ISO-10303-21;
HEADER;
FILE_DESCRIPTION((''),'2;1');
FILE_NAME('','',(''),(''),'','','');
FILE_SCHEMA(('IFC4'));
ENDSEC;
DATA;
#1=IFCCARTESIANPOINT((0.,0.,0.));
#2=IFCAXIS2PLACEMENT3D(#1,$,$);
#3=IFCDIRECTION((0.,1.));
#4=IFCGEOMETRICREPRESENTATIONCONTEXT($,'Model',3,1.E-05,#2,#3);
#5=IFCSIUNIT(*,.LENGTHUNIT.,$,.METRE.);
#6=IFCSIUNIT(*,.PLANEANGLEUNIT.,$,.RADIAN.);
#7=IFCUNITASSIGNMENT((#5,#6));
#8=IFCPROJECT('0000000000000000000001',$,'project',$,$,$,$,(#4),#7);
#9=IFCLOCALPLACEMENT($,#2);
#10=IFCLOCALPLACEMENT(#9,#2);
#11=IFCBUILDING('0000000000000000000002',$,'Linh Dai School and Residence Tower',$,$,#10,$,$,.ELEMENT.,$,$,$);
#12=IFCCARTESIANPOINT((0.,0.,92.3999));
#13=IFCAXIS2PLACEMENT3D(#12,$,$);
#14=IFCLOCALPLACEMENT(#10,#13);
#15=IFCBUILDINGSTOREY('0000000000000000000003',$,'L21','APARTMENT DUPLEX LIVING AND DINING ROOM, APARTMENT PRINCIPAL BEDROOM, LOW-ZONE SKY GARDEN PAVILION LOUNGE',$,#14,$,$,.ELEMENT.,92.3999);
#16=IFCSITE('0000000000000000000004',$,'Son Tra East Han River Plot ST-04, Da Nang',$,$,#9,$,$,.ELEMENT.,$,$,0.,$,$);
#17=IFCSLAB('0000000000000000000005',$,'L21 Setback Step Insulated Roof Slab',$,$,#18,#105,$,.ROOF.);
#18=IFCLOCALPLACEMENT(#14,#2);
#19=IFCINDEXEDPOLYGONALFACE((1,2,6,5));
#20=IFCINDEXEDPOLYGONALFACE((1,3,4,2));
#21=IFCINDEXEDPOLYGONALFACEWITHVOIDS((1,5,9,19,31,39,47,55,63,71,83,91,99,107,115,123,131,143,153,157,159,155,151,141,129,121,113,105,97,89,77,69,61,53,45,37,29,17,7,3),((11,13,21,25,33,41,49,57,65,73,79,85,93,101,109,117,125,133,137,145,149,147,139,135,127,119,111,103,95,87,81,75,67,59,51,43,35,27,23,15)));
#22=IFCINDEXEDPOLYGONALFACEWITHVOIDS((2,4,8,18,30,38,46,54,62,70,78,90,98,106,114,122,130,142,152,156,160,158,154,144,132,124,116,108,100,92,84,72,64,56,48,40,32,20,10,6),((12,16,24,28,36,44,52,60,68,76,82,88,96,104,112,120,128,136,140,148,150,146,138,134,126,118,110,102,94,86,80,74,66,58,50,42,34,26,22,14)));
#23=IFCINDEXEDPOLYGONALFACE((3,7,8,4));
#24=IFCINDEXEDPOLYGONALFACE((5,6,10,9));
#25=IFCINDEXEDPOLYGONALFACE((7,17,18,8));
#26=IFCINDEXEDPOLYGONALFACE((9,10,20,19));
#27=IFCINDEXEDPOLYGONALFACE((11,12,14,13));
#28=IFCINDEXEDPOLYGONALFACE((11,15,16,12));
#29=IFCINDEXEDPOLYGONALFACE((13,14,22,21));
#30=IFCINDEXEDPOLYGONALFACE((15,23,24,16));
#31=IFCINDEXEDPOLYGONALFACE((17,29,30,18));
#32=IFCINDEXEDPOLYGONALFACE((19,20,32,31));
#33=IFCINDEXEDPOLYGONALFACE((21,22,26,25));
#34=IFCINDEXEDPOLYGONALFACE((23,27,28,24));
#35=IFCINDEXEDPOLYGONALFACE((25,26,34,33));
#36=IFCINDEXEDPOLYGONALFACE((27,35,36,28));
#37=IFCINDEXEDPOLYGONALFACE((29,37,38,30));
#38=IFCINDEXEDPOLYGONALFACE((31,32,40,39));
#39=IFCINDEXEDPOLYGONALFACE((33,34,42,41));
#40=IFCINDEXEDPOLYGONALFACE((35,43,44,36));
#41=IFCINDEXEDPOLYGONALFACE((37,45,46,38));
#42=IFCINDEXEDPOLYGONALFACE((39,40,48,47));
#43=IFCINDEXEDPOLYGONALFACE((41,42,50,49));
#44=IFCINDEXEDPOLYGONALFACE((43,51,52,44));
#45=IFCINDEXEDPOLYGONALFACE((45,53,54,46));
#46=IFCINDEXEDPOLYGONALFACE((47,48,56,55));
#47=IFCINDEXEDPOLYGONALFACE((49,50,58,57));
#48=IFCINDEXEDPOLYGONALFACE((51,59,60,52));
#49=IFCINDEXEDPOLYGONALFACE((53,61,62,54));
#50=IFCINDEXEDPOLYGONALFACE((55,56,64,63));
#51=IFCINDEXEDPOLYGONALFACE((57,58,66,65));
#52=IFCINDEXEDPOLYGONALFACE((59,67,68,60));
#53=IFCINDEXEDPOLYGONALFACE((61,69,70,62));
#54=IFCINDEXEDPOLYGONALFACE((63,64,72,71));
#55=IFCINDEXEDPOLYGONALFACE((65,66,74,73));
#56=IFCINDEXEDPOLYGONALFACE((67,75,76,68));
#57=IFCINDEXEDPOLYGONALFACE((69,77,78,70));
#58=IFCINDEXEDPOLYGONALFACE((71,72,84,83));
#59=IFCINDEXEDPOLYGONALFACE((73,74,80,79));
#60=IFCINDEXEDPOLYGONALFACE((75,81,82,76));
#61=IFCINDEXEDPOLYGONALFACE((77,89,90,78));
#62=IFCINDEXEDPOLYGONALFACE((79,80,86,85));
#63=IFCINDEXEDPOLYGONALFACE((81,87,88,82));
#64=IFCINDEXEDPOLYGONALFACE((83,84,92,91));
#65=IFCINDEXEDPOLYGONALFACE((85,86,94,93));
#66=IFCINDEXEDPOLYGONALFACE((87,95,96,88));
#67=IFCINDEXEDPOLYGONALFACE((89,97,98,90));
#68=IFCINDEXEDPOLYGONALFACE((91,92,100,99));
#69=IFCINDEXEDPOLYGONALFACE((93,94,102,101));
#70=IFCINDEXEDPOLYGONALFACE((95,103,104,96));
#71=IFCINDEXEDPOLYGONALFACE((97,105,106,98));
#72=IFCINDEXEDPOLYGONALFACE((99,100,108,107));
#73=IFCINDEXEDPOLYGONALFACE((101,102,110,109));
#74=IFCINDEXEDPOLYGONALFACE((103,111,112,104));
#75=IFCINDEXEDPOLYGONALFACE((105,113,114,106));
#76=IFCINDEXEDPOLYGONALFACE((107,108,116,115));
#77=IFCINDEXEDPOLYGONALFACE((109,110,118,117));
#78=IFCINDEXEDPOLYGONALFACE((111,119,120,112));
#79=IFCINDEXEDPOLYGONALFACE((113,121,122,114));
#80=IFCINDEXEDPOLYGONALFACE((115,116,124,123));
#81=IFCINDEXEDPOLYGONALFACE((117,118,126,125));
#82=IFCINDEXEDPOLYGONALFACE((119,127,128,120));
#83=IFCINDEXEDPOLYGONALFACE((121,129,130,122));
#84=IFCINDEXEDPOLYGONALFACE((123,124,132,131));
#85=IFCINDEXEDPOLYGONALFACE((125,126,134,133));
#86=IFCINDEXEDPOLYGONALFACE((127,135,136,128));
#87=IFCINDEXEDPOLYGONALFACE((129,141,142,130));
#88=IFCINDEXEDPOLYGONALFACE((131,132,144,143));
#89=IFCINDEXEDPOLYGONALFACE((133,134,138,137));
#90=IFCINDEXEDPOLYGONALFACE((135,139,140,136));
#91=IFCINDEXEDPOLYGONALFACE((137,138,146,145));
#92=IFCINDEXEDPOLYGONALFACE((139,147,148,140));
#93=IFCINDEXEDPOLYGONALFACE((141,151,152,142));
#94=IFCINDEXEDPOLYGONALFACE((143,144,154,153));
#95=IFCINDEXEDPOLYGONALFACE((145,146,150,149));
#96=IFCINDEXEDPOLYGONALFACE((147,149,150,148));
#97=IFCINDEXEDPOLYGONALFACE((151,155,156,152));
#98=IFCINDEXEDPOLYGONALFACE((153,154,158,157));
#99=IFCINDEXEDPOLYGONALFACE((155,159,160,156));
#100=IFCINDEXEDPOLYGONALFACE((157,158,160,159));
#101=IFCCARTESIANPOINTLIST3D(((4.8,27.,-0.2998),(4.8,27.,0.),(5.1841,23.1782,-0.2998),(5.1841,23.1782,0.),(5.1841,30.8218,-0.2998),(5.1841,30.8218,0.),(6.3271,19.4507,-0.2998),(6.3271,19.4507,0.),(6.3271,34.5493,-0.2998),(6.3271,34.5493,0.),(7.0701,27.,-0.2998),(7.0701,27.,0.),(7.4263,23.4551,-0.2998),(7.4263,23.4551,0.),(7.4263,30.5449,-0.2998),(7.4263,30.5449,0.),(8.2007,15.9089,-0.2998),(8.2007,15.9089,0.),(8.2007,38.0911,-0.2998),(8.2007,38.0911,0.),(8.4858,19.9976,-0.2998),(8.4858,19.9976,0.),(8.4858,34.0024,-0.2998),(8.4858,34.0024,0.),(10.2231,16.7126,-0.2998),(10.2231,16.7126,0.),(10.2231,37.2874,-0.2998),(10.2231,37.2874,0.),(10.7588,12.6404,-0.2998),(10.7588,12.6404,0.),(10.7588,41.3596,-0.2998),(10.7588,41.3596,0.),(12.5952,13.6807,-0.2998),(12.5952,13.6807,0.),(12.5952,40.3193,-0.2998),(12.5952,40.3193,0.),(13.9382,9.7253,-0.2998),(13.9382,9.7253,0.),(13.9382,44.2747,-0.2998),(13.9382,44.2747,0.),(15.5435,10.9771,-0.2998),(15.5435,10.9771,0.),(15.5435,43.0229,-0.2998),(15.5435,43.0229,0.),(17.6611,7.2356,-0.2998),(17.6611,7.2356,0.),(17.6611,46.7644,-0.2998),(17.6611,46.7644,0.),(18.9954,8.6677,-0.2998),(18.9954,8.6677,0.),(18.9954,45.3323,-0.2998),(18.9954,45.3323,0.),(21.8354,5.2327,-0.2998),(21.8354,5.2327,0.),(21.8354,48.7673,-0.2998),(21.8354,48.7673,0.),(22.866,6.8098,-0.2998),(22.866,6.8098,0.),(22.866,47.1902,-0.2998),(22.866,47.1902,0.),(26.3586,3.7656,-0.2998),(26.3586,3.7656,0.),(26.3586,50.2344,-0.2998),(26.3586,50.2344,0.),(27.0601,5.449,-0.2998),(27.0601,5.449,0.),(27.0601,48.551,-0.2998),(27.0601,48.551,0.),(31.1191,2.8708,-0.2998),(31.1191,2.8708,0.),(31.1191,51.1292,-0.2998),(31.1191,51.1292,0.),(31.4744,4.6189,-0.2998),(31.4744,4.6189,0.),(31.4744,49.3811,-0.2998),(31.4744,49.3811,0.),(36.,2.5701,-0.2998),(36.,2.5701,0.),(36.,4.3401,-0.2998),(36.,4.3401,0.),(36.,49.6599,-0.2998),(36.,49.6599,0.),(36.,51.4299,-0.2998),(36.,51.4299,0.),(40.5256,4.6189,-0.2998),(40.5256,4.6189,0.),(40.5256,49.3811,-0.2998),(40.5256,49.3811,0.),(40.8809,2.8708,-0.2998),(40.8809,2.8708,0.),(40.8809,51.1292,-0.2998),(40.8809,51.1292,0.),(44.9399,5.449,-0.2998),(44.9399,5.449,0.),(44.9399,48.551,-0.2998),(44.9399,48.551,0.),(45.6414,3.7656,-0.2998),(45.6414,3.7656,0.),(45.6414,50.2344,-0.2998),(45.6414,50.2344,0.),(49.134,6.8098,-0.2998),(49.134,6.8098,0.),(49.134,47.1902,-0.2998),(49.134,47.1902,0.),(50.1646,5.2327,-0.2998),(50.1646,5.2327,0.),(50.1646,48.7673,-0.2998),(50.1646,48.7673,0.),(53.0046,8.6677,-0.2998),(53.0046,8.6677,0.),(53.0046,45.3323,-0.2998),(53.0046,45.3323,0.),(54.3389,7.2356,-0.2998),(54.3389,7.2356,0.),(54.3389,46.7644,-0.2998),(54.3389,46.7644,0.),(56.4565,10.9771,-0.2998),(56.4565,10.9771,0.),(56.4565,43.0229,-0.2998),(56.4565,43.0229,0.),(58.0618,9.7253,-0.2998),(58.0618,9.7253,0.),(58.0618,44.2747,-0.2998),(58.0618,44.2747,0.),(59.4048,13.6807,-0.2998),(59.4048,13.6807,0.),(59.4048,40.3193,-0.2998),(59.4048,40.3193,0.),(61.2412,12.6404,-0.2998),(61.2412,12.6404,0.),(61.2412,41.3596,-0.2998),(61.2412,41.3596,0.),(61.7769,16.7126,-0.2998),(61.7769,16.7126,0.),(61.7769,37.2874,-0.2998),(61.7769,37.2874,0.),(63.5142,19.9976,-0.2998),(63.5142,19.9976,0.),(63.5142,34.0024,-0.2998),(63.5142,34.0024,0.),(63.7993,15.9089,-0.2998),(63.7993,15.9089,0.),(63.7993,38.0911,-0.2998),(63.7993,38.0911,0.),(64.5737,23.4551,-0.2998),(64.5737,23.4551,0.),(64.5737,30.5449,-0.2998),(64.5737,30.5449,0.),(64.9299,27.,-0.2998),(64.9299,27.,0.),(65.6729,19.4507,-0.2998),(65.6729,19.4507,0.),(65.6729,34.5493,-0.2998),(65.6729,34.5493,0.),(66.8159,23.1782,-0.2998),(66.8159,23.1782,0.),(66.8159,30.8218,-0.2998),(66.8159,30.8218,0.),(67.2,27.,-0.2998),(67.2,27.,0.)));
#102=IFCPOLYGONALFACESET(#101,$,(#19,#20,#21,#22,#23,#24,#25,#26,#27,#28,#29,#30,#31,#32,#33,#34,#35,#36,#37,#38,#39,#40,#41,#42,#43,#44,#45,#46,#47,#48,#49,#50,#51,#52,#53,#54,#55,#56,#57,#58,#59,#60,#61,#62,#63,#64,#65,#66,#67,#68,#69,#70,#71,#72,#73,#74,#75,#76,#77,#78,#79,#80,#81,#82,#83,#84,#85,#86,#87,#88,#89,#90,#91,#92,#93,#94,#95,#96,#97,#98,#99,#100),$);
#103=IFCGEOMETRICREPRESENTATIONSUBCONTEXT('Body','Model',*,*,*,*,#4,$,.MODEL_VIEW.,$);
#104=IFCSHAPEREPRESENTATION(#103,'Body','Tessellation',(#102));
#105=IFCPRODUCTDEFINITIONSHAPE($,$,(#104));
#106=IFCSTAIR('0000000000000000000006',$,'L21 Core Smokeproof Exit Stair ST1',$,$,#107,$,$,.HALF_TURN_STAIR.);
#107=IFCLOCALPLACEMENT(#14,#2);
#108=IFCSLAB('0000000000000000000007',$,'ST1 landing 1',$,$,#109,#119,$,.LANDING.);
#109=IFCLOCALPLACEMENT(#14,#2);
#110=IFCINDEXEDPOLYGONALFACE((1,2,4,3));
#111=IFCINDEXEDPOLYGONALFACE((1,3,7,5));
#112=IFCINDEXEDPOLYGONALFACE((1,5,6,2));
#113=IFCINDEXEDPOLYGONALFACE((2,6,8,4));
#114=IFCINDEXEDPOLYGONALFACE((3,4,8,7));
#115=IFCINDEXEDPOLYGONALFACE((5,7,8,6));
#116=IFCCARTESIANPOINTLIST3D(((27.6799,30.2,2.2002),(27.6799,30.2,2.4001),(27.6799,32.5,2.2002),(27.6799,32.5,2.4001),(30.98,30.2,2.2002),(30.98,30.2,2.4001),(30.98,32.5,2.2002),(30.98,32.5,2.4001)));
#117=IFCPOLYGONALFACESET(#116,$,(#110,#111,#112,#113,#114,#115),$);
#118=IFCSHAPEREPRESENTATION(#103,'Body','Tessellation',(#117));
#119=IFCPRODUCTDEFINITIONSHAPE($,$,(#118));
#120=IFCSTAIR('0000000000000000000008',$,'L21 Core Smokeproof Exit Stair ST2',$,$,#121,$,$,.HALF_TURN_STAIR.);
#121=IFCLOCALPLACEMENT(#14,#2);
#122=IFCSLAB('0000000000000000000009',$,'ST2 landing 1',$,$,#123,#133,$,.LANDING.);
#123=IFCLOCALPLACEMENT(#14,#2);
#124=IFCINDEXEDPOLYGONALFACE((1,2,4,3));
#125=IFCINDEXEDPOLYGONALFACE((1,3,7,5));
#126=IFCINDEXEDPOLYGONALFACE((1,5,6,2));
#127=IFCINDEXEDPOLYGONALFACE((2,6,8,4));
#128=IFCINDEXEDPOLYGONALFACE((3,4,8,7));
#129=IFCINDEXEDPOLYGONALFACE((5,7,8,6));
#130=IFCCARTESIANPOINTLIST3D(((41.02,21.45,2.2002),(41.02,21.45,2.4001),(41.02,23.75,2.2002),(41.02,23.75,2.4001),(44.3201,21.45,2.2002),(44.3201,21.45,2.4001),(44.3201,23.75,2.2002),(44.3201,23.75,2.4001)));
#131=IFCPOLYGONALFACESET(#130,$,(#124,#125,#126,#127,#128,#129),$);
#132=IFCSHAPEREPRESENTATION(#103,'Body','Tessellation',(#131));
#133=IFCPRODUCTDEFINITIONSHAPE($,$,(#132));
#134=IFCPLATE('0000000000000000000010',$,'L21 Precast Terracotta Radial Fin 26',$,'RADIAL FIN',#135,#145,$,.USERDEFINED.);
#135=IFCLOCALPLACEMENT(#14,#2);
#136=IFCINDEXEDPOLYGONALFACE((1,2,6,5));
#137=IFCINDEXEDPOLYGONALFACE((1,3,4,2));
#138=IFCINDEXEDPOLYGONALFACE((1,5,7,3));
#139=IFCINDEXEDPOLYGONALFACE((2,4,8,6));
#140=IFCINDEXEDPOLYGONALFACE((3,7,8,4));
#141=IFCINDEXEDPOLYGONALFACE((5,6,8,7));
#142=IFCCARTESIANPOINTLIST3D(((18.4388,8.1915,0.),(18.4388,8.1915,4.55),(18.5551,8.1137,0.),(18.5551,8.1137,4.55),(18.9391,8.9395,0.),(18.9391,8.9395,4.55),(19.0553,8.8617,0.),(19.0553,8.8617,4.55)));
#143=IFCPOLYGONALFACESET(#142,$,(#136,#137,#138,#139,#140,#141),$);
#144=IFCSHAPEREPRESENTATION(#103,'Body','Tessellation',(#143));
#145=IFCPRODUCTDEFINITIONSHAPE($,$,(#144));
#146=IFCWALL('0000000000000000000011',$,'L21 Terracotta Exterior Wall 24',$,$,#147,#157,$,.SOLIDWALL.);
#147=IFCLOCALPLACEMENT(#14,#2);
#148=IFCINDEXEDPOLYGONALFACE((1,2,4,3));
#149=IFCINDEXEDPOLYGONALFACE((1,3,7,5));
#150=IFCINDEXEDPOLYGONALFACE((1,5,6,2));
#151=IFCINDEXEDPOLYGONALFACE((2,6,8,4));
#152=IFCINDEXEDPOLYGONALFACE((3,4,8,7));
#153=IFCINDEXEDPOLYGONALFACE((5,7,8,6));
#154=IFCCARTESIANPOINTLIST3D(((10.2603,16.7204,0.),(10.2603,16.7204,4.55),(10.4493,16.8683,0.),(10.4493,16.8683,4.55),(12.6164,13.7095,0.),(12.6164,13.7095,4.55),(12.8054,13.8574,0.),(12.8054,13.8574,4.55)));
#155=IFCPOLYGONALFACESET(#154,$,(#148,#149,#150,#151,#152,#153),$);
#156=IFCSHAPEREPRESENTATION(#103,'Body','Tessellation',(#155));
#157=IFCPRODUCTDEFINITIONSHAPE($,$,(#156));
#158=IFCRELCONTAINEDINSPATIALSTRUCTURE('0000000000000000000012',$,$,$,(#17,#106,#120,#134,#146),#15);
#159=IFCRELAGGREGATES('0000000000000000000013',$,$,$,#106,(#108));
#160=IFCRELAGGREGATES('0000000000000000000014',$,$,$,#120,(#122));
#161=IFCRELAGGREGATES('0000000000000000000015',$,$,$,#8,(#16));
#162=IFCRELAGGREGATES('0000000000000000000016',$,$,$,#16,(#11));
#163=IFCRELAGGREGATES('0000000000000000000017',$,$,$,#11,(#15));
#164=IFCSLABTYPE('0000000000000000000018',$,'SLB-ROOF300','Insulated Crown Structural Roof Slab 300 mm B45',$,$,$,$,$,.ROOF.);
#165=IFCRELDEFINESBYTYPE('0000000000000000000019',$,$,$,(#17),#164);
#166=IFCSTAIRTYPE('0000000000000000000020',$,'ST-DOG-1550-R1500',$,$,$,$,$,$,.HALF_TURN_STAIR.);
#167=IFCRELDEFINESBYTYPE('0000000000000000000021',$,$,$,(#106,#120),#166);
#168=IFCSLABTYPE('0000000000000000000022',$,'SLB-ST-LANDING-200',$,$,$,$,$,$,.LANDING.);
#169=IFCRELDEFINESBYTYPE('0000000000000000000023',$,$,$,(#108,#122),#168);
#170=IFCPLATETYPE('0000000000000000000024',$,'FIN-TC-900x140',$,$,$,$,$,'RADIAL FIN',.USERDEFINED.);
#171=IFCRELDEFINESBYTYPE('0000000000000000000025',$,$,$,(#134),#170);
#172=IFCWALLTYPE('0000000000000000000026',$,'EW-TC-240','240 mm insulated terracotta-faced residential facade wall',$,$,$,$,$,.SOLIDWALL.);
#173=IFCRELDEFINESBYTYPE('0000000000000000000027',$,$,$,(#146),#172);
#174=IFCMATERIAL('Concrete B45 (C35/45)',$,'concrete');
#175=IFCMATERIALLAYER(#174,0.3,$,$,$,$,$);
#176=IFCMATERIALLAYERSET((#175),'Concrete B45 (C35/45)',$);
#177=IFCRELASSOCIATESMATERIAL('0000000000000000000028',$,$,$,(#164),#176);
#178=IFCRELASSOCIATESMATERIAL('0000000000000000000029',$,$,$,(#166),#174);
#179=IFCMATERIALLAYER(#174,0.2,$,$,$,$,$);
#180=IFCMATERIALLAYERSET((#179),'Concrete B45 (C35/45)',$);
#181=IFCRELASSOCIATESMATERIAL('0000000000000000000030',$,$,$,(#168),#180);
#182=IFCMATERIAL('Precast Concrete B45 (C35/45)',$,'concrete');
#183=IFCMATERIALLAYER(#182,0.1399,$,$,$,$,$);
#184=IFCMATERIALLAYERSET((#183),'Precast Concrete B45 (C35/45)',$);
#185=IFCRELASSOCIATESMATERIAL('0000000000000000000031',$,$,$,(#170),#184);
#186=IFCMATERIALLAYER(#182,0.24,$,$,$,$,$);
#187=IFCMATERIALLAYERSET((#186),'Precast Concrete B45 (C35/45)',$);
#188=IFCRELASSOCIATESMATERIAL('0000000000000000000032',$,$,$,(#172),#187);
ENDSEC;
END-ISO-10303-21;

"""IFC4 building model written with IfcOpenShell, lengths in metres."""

from ifc_helpers import new_model, si_unit, direction, frame, frame_2d, origin, origin_2d, place, context, subcontext, project, spatial, polyline, rectangle, outline, extrude, source, transform, mapped, material, layer, layer_set, type_object, element, aggregate, save


model = new_model("IFC4")

# Units and contexts
model_context = context("Model", 3, precision=1e-05, world=origin(), true_north=direction((0.0, 1.0)))
body_context = subcontext(model_context, "Body", "Model", "MODEL_VIEW")
ifc_project = project(units=[si_unit("LENGTHUNIT", "METRE"), si_unit("PLANEANGLEUNIT", "RADIAN")], contexts=[model_context])

# Site, building, storey
site_placement = place(None, origin())
site = spatial("IfcSite", under=ifc_project, at=site_placement, Name="Son Tra East Han River Plot ST-04, Da Nang", CompositionType="ELEMENT", RefElevation=0.0)
building_placement = place(site_placement, origin())
building = spatial("IfcBuilding", under=site, at=building_placement, Name="Linh Dai School and Residence Tower", CompositionType="ELEMENT")
storey_placement = place(building_placement, frame((0.0, 0.0, 92.3999)))
storey = spatial("IfcBuildingStorey", under=building, at=storey_placement, Name="L21", Description="APARTMENT DUPLEX LIVING AND DINING ROOM, APARTMENT PRINCIPAL BEDROOM, LOW-ZONE SKY GARDEN PAVILION LOUNGE", CompositionType="ELEMENT", Elevation=92.3999)

# Slab
ifc_material_1 = material(Name="Concrete B45 (C35/45)", Category="concrete")
ifc_layer_1 = layer(ifc_material_1, 0.3)
ifc_layer_set_1 = layer_set([ifc_layer_1], Name="Concrete B45 (C35/45)")
slab_type_1 = type_object("IfcSlabType", Name="SLB-ROOF300", Description="Insulated Crown Structural Roof Slab 300 mm B45", PredefinedType="ROOF", material=ifc_layer_set_1)
slab_1_placement = place(storey_placement, frame((0.0, 0.0, -0.2998)))
element("IfcSlab", 1, at=slab_1_placement, inside=storey, type_object=slab_type_1, Name="L21 Setback Step Insulated Roof Slab", PredefinedType="ROOF", context=body_context, shape_type="SweptSolid", body=[
    extrude(outline(polyline([(67.2, 27.0), (66.8159, 30.8218), (65.6729, 34.5493), (63.7993, 38.0911), (61.2412, 41.3596), (58.0618, 44.2747), (54.3389, 46.7644), (50.1646, 48.7673), (45.6414, 50.2344), (40.8809, 51.1292), (36.0, 51.4299), (31.1191, 51.1292), (26.3586, 50.2344), (21.8354, 48.7673), (17.6611, 46.7644), (13.9382, 44.2747), (10.7588, 41.3596), (8.2007, 38.0911), (6.3271, 34.5493), (5.1841, 30.8218), (4.8, 27.0), (5.1841, 23.1782), (6.3271, 19.4507), (8.2007, 15.9089), (10.7588, 12.6404), (13.9382, 9.7253), (17.6611, 7.2356), (21.8354, 5.2327), (26.3586, 3.7656), (31.1191, 2.8708), (36.0, 2.5701), (40.8809, 2.8708), (45.6414, 3.7656), (50.1646, 5.2327), (54.3389, 7.2356), (58.0618, 9.7253), (61.2412, 12.6404), (63.7993, 15.9089), (65.6729, 19.4507), (66.8159, 23.1782), (67.2, 27.0)]), holes=[polyline([(64.9299, 27.0), (64.5737, 30.5449), (63.5142, 34.0024), (61.7769, 37.2874), (59.4048, 40.3193), (56.4565, 43.0229), (53.0046, 45.3323), (49.134, 47.1902), (44.9399, 48.551), (40.5256, 49.3811), (36.0, 49.6599), (31.4744, 49.3811), (27.0601, 48.551), (22.866, 47.1902), (18.9954, 45.3323), (15.5435, 43.0229), (12.5952, 40.3193), (10.2231, 37.2874), (8.4858, 34.0024), (7.4263, 30.5449), (7.0701, 27.0), (7.4263, 23.4551), (8.4858, 19.9976), (10.2231, 16.7126), (12.5952, 13.6807), (15.5435, 10.9771), (18.9954, 8.6677), (22.866, 6.8098), (27.0601, 5.449), (31.4744, 4.6189), (36.0, 4.3401), (40.5256, 4.6189), (44.9399, 5.449), (49.134, 6.8098), (53.0046, 8.6677), (56.4565, 10.9771), (59.4048, 13.6807), (61.7769, 16.7126), (63.5142, 19.9976), (64.5737, 23.4551), (64.9299, 27.0)])]), origin(), (0.0, 0.0, 1.0), 0.2998),
])

# Stairs, slabs
stair_type = type_object("IfcStairType", Name="ST-DOG-1550-R1500", PredefinedType="HALF_TURN_STAIR", material=ifc_material_1)
stair_1_placement = place(storey_placement, origin())
stair_1 = element("IfcStair", 2, at=stair_1_placement, inside=storey, type_object=stair_type, Name="L21 Core Smokeproof Exit Stair ST1", PredefinedType="HALF_TURN_STAIR")
ifc_layer_2 = layer(ifc_material_1, 0.2)
ifc_layer_set_2 = layer_set([ifc_layer_2], Name="Concrete B45 (C35/45)")
slab_type_2 = type_object("IfcSlabType", Name="SLB-ST-LANDING-200", PredefinedType="LANDING", material=ifc_layer_set_2)
slab_2_placement = place(storey_placement, frame((0.0, 0.0, 2.2002)))
slab_2 = element("IfcSlab", 3, at=slab_2_placement, type_object=slab_type_2, Name="ST1 landing 1", PredefinedType="LANDING", context=body_context, shape_type="SweptSolid", body=[
    extrude(outline(polyline([(30.98, 30.2), (30.98, 32.5), (27.6799, 32.5), (27.6799, 30.2), (30.98, 30.2)])), origin(), (0.0, 0.0, 1.0), 0.2),
])
aggregate(stair_1, [slab_2])
stair_2_placement = place(storey_placement, origin())
stair_2 = element("IfcStair", 4, at=stair_2_placement, inside=storey, type_object=stair_type, Name="L21 Core Smokeproof Exit Stair ST2", PredefinedType="HALF_TURN_STAIR")
slab_3_placement = place(storey_placement, frame((0.0, 0.0, 2.2002)))
slab_3 = element("IfcSlab", 5, at=slab_3_placement, type_object=slab_type_2, Name="ST2 landing 1", PredefinedType="LANDING", context=body_context, shape_type="SweptSolid", body=[
    extrude(outline(polyline([(41.02, 23.75), (41.02, 21.45), (44.3201, 21.45), (44.3201, 23.75), (41.02, 23.75)])), origin(), (0.0, 0.0, 1.0), 0.2),
])
aggregate(stair_2, [slab_3])

# Plate
ifc_material_2 = material(Name="Precast Concrete B45 (C35/45)", Category="concrete")
ifc_layer_3 = layer(ifc_material_2, 0.1399)
ifc_layer_set_3 = layer_set([ifc_layer_3], Name="Precast Concrete B45 (C35/45)")
plate_type = type_object("IfcPlateType", Name="FIN-TC-900x140", ElementType="RADIAL FIN", PredefinedType="USERDEFINED", material=ifc_layer_set_3)
shared_shape_1 = source(origin(), body_context, "Body", "SweptSolid", [
    extrude(rectangle(XDim=0.8999, YDim=0.1399, at=origin_2d()), origin(), (0.0, 0.0, 1.0), 4.55),
])
plate_placement = place(storey_placement, frame((18.7471, 8.5266, 0.0), z_axis=(0.0, 0.0, 1.0), x_axis=(-0.555913, -0.83124, 0.0)))
element("IfcPlate", 6, at=plate_placement, inside=storey, type_object=plate_type, Name="L21 Precast Terracotta Radial Fin 26", ObjectType="RADIAL FIN", PredefinedType="USERDEFINED", context=body_context, shape_type="MappedRepresentation", body=[
    mapped(shared_shape_1, transform((0.0, 0.0, 0.0), x_axis=(1.0, 0.0, 0.0), y_axis=(0.0, 1.0, 0.0), z_axis=(0.0, 0.0, 1.0), scale=1.0)),
])

# Wall
ifc_layer_4 = layer(ifc_material_2, 0.24)
ifc_layer_set_4 = layer_set([ifc_layer_4], Name="Precast Concrete B45 (C35/45)")
wall_type_1 = type_object("IfcWallType", Name="EW-TC-240", Description="240 mm insulated terracotta-faced residential facade wall", PredefinedType="SOLIDWALL", material=ifc_layer_set_4)
wall_1_placement = place(storey_placement, frame((12.7109, 13.7834, 0.0), z_axis=(0.0, 0.0, 1.0), x_axis=(-0.616272, 0.787533, 0.0)))
element("IfcWall", 7, at=wall_1_placement, inside=storey, type_object=wall_type_1, Name="L21 Terracotta Exterior Wall 24", PredefinedType="SOLIDWALL", context=body_context, shape_type="SweptSolid", body=[
    extrude(rectangle(XDim=3.8232, YDim=0.24, at=frame_2d((1.9116, 0.0))), origin(), (0.0, 0.0, 1.0), 4.55),
])

save(model, "model.ifc")
